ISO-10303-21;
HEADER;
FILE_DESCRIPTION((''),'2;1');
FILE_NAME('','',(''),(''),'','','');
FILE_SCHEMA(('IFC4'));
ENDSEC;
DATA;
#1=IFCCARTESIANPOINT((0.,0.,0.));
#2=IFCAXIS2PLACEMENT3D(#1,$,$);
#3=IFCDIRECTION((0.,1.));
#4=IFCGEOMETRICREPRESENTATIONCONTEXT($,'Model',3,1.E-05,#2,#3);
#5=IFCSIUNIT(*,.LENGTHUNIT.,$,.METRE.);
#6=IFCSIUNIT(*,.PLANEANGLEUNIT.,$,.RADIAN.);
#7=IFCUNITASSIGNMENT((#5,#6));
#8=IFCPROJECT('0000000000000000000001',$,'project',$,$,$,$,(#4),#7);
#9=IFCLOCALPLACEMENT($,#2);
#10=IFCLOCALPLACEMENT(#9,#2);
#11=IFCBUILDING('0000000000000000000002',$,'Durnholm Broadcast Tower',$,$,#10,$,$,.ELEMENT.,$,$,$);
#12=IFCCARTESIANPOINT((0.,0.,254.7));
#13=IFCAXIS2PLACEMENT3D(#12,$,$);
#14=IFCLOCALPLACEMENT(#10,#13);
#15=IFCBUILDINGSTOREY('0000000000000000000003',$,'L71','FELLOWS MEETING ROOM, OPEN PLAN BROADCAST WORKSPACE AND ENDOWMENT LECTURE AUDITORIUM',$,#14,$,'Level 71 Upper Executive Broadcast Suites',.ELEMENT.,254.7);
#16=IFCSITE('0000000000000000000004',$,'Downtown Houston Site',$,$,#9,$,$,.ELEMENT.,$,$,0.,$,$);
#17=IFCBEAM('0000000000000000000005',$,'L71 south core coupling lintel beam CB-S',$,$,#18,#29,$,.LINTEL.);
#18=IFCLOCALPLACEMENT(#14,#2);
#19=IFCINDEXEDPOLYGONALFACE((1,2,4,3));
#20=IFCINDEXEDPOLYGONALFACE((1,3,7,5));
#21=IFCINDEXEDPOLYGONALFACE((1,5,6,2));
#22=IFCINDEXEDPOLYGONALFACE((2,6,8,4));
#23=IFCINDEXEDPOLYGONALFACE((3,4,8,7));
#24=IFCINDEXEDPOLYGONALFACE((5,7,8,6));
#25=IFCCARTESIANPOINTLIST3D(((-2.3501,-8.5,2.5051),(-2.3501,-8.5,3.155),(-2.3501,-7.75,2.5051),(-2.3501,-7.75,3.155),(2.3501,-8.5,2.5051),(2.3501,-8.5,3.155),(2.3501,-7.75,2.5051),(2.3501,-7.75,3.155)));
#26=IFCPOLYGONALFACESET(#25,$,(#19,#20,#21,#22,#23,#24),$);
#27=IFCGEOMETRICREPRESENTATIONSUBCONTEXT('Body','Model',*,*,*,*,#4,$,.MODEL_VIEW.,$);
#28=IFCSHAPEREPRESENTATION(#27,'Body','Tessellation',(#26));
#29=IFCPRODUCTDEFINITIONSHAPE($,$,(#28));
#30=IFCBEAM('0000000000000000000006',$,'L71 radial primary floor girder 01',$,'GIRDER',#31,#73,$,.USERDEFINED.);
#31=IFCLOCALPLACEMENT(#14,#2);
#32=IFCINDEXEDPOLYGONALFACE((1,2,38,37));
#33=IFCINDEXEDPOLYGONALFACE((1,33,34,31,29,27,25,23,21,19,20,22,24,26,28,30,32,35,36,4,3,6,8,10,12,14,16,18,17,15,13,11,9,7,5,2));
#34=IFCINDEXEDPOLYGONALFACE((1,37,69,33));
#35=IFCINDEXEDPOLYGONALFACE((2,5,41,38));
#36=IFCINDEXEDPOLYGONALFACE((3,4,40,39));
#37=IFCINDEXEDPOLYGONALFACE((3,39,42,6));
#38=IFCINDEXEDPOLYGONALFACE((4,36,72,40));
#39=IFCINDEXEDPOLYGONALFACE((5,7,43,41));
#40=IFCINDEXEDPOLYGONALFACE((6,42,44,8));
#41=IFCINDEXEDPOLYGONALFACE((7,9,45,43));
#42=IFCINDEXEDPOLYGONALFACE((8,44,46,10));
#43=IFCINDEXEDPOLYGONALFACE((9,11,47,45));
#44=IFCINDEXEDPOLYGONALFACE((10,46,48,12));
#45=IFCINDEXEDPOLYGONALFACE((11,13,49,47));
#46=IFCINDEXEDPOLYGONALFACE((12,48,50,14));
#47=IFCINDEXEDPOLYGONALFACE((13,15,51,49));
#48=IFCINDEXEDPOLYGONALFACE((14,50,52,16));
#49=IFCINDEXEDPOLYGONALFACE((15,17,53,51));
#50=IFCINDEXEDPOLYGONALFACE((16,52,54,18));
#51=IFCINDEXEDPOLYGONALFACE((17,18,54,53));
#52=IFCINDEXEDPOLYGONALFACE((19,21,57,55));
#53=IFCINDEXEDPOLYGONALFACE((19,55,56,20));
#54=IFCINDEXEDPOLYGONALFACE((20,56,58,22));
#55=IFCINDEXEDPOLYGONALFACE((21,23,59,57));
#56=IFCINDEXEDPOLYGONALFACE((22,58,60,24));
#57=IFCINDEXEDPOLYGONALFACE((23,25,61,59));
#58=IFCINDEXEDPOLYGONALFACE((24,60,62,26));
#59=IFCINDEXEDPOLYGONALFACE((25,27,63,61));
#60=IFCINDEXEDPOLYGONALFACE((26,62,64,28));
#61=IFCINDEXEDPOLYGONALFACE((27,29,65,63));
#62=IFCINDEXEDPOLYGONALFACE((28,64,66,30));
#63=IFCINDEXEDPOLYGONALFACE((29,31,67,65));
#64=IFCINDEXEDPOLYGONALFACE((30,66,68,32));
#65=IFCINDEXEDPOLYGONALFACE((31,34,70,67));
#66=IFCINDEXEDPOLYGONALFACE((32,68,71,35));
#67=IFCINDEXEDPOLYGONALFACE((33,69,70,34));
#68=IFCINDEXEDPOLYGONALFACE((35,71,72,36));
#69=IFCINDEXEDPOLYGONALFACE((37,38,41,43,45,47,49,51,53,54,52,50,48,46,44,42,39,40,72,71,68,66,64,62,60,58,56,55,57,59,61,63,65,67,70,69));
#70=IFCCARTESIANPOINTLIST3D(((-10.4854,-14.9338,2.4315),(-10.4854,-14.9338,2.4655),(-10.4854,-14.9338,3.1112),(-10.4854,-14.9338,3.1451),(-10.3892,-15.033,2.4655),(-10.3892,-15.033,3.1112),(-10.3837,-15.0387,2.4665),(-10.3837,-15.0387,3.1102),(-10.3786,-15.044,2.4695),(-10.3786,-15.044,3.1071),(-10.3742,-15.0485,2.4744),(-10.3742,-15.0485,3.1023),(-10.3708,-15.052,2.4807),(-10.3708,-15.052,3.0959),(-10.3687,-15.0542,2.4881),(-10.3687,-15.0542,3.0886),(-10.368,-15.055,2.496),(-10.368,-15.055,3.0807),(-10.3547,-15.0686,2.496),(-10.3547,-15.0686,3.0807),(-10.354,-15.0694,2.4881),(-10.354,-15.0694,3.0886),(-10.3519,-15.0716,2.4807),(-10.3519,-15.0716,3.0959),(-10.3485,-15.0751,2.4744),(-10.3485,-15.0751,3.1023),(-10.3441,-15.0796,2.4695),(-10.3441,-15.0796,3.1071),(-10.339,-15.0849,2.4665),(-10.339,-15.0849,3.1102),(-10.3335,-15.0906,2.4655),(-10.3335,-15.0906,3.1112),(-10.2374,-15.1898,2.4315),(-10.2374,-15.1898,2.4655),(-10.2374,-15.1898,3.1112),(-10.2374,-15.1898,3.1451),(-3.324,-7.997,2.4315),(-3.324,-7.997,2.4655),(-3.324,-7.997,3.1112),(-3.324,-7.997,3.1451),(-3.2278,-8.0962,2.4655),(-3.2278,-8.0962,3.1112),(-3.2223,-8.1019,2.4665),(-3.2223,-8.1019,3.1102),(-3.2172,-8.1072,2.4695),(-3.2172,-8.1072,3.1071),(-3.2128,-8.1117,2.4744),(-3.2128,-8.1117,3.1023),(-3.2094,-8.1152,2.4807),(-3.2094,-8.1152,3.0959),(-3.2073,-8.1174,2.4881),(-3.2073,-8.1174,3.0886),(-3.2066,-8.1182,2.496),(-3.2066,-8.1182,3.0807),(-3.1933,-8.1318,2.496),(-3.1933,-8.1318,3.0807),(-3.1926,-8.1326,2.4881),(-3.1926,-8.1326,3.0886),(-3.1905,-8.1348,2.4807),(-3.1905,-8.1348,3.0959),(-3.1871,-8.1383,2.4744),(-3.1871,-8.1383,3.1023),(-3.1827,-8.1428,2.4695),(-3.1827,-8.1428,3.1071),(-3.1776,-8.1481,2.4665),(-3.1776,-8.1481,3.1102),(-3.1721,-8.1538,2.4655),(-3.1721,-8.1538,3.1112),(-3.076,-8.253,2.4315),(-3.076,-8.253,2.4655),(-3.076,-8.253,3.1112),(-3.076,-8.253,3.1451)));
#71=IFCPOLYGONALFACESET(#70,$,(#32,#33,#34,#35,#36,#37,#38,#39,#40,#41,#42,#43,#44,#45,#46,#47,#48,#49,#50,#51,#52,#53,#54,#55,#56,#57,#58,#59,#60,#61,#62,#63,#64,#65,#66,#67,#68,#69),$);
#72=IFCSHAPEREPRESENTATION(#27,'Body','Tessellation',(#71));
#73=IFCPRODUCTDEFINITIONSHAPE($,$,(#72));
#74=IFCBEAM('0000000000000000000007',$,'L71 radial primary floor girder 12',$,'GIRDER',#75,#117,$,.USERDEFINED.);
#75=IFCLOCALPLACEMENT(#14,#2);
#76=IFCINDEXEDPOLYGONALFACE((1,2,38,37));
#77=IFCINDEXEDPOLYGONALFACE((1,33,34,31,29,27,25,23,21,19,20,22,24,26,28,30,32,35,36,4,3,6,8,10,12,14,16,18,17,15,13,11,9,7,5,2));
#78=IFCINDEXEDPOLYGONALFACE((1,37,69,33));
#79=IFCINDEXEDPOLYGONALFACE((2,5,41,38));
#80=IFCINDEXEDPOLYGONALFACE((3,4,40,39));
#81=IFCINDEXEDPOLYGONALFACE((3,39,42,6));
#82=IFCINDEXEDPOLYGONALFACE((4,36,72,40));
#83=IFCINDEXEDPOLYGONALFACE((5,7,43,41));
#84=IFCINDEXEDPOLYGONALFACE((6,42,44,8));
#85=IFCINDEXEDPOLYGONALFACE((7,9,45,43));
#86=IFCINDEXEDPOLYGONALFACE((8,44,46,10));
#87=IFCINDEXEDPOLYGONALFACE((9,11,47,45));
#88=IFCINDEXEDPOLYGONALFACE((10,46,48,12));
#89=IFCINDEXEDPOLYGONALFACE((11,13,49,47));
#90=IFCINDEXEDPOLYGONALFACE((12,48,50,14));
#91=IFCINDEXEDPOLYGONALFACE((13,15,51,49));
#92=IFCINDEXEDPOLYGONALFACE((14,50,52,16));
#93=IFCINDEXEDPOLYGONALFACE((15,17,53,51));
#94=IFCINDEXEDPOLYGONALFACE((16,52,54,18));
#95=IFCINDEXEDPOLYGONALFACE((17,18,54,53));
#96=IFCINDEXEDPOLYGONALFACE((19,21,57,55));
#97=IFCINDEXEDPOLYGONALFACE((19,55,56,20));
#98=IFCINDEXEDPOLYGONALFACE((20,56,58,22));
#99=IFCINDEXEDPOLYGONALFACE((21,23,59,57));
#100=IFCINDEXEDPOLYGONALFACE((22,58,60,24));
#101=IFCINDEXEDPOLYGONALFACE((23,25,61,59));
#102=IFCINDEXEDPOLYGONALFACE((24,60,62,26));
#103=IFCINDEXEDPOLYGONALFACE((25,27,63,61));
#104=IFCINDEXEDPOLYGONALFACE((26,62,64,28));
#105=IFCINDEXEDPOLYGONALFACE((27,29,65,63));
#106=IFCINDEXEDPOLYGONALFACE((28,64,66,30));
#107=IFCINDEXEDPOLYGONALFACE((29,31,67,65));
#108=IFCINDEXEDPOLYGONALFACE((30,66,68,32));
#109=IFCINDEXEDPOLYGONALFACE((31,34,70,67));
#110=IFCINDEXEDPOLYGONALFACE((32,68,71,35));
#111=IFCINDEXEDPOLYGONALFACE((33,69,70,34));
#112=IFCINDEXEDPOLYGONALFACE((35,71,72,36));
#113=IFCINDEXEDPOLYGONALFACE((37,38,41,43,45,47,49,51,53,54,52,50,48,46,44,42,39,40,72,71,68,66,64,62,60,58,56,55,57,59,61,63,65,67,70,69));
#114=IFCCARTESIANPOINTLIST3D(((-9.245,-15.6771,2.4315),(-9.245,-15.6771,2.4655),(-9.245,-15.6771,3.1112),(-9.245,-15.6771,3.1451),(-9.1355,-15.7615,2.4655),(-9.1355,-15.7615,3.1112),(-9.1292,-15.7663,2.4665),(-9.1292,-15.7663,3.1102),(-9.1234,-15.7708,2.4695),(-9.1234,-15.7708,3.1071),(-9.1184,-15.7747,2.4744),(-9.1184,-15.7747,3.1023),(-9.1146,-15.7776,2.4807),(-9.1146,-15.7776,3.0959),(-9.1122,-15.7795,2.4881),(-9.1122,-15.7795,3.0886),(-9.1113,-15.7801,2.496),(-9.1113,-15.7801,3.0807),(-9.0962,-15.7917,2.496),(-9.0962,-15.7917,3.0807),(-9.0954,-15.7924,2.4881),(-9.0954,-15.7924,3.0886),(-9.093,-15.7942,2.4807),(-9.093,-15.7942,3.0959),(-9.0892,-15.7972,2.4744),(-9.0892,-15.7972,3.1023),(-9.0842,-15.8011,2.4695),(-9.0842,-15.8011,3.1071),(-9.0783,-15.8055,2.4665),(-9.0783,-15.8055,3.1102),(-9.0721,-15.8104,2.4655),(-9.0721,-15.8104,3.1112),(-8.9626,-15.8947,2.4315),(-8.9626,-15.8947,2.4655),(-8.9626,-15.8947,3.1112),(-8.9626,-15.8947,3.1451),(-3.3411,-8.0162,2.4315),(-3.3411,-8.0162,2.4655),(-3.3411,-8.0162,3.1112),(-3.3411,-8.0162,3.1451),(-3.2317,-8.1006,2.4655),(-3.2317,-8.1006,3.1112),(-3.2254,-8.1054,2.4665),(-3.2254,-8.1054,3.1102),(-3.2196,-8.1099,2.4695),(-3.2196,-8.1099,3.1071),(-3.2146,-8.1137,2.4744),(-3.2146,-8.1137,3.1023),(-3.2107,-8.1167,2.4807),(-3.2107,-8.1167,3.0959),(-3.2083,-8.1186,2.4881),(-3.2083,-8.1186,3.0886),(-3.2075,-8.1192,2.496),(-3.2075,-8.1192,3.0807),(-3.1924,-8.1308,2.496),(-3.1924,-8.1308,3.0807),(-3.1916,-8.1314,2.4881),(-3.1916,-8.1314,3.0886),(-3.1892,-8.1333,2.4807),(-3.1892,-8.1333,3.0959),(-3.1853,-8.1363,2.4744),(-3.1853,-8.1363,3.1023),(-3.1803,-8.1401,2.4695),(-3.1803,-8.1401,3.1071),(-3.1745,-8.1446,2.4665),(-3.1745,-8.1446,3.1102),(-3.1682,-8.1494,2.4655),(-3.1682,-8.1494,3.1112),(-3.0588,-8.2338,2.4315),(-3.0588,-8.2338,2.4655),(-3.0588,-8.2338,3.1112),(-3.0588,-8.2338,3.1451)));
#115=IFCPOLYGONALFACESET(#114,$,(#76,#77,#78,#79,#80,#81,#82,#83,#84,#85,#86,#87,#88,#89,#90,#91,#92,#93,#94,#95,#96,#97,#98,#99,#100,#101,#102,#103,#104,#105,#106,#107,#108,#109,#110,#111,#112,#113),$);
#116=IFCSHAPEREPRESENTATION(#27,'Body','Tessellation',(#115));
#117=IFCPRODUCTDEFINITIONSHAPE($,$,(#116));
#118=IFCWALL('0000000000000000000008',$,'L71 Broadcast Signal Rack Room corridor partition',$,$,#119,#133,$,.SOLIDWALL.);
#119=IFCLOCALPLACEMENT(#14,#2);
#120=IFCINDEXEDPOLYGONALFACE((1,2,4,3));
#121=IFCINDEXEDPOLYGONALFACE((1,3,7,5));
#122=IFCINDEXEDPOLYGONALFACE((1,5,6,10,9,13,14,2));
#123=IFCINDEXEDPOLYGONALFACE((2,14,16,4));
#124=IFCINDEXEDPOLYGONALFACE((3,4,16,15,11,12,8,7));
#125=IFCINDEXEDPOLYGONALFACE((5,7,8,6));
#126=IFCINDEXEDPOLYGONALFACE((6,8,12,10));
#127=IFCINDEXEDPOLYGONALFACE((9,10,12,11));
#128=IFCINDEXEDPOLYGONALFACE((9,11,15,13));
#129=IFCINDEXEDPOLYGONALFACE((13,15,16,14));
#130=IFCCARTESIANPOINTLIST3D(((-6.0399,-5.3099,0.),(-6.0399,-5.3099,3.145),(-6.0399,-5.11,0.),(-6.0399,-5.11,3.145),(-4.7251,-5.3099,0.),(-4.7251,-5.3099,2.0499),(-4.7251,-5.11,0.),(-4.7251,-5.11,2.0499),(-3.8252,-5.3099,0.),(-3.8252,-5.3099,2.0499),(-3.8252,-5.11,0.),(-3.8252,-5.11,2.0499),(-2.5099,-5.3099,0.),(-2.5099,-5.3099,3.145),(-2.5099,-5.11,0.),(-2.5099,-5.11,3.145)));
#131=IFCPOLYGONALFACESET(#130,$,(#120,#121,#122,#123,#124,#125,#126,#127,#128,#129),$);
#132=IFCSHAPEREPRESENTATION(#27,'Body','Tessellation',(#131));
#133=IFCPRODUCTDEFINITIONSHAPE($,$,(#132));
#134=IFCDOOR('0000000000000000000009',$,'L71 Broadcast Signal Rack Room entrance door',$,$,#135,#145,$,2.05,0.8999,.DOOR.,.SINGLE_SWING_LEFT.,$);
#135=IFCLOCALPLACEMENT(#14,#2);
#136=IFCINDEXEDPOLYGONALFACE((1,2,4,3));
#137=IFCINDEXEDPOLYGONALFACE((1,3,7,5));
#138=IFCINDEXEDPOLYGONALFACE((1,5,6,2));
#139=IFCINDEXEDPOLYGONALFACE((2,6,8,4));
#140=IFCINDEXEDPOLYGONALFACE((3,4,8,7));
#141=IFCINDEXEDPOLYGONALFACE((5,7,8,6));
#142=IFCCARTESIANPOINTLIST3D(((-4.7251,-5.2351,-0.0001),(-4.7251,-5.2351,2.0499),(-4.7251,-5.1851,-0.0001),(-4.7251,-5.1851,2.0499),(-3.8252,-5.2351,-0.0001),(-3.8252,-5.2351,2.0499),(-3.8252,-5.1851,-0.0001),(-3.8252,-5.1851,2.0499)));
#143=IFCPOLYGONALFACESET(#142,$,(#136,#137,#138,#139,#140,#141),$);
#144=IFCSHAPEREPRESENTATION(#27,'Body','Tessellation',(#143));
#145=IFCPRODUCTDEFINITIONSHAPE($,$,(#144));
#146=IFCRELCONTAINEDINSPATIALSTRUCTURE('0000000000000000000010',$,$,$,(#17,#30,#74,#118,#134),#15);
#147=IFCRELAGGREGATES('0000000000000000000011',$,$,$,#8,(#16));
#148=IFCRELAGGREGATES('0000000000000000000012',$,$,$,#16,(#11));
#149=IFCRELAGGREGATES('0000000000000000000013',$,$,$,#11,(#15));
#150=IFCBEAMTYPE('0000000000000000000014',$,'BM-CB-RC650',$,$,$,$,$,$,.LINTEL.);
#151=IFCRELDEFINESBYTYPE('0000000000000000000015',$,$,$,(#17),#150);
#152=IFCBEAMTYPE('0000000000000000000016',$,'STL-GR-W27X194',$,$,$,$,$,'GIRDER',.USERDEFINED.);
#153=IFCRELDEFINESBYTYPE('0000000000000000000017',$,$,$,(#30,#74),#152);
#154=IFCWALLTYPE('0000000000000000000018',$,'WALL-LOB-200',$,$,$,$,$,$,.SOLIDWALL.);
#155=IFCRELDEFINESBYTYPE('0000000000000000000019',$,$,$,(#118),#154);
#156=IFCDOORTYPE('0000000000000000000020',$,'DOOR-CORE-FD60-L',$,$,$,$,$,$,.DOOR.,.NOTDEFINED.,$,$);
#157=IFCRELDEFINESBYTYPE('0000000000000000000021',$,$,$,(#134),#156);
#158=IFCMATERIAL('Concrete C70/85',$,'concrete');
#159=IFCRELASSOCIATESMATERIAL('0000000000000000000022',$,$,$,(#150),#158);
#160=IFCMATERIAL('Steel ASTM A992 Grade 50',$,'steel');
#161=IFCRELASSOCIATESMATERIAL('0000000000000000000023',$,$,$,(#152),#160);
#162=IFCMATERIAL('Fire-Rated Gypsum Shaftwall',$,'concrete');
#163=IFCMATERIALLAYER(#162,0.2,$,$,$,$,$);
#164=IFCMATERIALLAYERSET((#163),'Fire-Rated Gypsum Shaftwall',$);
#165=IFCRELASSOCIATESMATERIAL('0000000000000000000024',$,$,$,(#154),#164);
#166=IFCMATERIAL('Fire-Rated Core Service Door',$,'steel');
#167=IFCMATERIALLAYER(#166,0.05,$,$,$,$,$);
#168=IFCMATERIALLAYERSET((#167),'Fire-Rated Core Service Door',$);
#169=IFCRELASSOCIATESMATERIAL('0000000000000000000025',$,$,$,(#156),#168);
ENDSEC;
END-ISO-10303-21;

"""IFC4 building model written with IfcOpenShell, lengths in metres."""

from ifc_helpers import new_model, si_unit, direction, frame, frame_2d, origin, origin_2d, place, context, subcontext, project, spatial, rectangle, i_section, extrude, source, transform, mapped, material, layer, layer_set, material_profile, profile_set, type_object, type_shapes, element, fill, save


model = new_model("IFC4")

# Units and contexts
model_context = context("Model", 3, precision=1e-05, world=origin(), true_north=direction((0.0, 1.0)))
body_context = subcontext(model_context, "Body", "Model", "MODEL_VIEW")
ifc_project = project(units=[si_unit("LENGTHUNIT", "METRE"), si_unit("PLANEANGLEUNIT", "RADIAN")], contexts=[model_context])

# Site, building, storey
site_placement = place(None, origin())
site = spatial("IfcSite", under=ifc_project, at=site_placement, Name="Downtown Houston Site", CompositionType="ELEMENT", RefElevation=0.0)
building_placement = place(site_placement, origin())
building = spatial("IfcBuilding", under=site, at=building_placement, Name="Durnholm Broadcast Tower", CompositionType="ELEMENT")
storey_placement = place(building_placement, frame((0.0, 0.0, 254.7)))
storey = spatial("IfcBuildingStorey", under=building, at=storey_placement, Name="L71", Description="FELLOWS MEETING ROOM, OPEN PLAN BROADCAST WORKSPACE AND ENDOWMENT LECTURE AUDITORIUM", LongName="Level 71 Upper Executive Broadcast Suites", CompositionType="ELEMENT", Elevation=254.7)

# Beams
ifc_material_1 = material(Name="Concrete C70/85", Category="concrete")
ifc_material_profile_1 = material_profile(ifc_material_1, rectangle(XDim=0.75, YDim=0.6499, at=origin_2d()), Name="RC750X650")
ifc_profile_set_1 = profile_set([ifc_material_profile_1], Name="Concrete C70/85")
beam_type_1 = type_object("IfcBeamType", Name="BM-CB-RC650", PredefinedType="LINTEL", material=ifc_profile_set_1)
shared_shape_1 = source(origin(), body_context, "Body", "SweptSolid", [
    extrude(rectangle(XDim=0.75, YDim=0.6499, at=origin_2d()), origin(), (0.0, 0.0, 1.0), 4.7002),
])
type_shapes(beam_type_1, [shared_shape_1])
beam_1_placement = place(storey_placement, frame((-2.3501, -8.125, 2.8301), z_axis=(1.0, 0.0, 0.0), x_axis=(0.0, 1.0, 0.0)))
element("IfcBeam", 1, at=beam_1_placement, inside=storey, type_object=beam_type_1, Name="L71 south core coupling lintel beam CB-S", PredefinedType="LINTEL", context=body_context, shape_type="MappedRepresentation", body=[
    mapped(shared_shape_1, transform((0.0, 0.0, 0.0), x_axis=(1.0, 0.0, 0.0), y_axis=(0.0, 1.0, 0.0), z_axis=(0.0, 0.0, 1.0), scale=1.0)),
])
ifc_material_2 = material(Name="Steel ASTM A992 Grade 50", Category="steel")
ifc_material_profile_2 = material_profile(ifc_material_2, i_section(OverallWidth=0.3564, OverallDepth=0.7136, WebThickness=0.019, FlangeThickness=0.0339, FilletRadius=0.0305, at=origin_2d()), Name="W27X194")
ifc_profile_set_2 = profile_set([ifc_material_profile_2], Name="Steel ASTM A992 Grade 50")
beam_type_2 = type_object("IfcBeamType", Name="STL-GR-W27X194", ElementType="GIRDER", PredefinedType="USERDEFINED", material=ifc_profile_set_2)
shared_shape_2 = source(origin(), body_context, "Body", "SweptSolid", [
    extrude(i_section(OverallWidth=0.3564, OverallDepth=0.7136, WebThickness=0.019, FlangeThickness=0.0339, FilletRadius=0.0305, at=origin_2d()), origin(), (0.0, 0.0, 1.0), 9.9702),
])
beam_2_placement = place(storey_placement, frame((-3.2, -8.125, 2.7883), z_axis=(-0.718281, -0.695753, 0.0), x_axis=(0.695753, -0.718281, 0.0)))
element("IfcBeam", 2, at=beam_2_placement, inside=storey, type_object=beam_type_2, Name="L71 radial primary floor girder 01", ObjectType="GIRDER", PredefinedType="USERDEFINED", context=body_context, shape_type="MappedRepresentation", body=[
    mapped(shared_shape_2, transform((0.0, 0.0, 0.0), x_axis=(1.0, 0.0, 0.0), y_axis=(0.0, 1.0, 0.0), z_axis=(0.0, 0.0, 1.0), scale=1.0)),
])
shared_shape_3 = source(origin(), body_context, "Body", "SweptSolid", [
    extrude(i_section(OverallWidth=0.3564, OverallDepth=0.7136, WebThickness=0.019, FlangeThickness=0.0339, FilletRadius=0.0305, at=origin_2d()), origin(), (0.0, 0.0, 1.0), 9.6719),
])
type_shapes(beam_type_2, [shared_shape_2, shared_shape_3])
beam_3_placement = place(storey_placement, frame((-3.2, -8.125, 2.7883), z_axis=(-0.610413, -0.792083, 0.0), x_axis=(0.792083, -0.610413, 0.0)))
element("IfcBeam", 3, at=beam_3_placement, inside=storey, type_object=beam_type_2, Name="L71 radial primary floor girder 12", ObjectType="GIRDER", PredefinedType="USERDEFINED", context=body_context, shape_type="MappedRepresentation", body=[
    mapped(shared_shape_3, transform((0.0, 0.0, 0.0), x_axis=(1.0, 0.0, 0.0), y_axis=(0.0, 1.0, 0.0), z_axis=(0.0, 0.0, 1.0), scale=1.0)),
])

# Wall, opening, door
ifc_material_3 = material(Name="Fire-Rated Gypsum Shaftwall", Category="concrete")
ifc_layer_1 = layer(ifc_material_3, 0.2)
ifc_layer_set_1 = layer_set([ifc_layer_1], Name="Fire-Rated Gypsum Shaftwall")
wall_type_1 = type_object("IfcWallType", Name="WALL-LOB-200", PredefinedType="SOLIDWALL", material=ifc_layer_set_1)
wall_1_placement = place(storey_placement, frame((-6.04, -5.21, 0.0), z_axis=(0.0, 0.0, 1.0), x_axis=(1.0, 0.0, 0.0)))
wall_1 = element("IfcWall", 4, at=wall_1_placement, inside=storey, type_object=wall_type_1, Name="L71 Broadcast Signal Rack Room corridor partition", PredefinedType="SOLIDWALL", context=body_context, shape_type="SweptSolid", body=[
    extrude(rectangle(XDim=3.53, YDim=0.2, at=frame_2d((1.7651, 0.0))), origin(), (0.0, 0.0, 1.0), 3.145),
])
opening_1_placement = place(wall_1_placement, frame((1.3149, 0.0, 0.0)))
opening_1 = element("IfcOpeningElement", 5, at=opening_1_placement, cuts=wall_1, PredefinedType="OPENING", context=body_context, shape_type="SweptSolid", body=[
    extrude(rectangle(XDim=0.8999, YDim=2.05, at=frame_2d((0.45, 1.0249))), frame((0.0, 0.1099, 0.0), z_axis=(0.0, -1.0, 0.0), x_axis=(1.0, 0.0, 0.0)), (0.0, 0.0, 1.0), 0.22),
])
ifc_material_4 = material(Name="Fire-Rated Core Service Door", Category="steel")
ifc_layer_2 = layer(ifc_material_4, 0.05)
ifc_layer_set_2 = layer_set([ifc_layer_2], Name="Fire-Rated Core Service Door")
door_type_1 = type_object("IfcDoorType", Name="DOOR-CORE-FD60-L", OperationType="NOTDEFINED", PredefinedType="DOOR", material=ifc_layer_set_2)
shared_shape_4 = source(origin(), body_context, "Body", "SweptSolid", [
    extrude(rectangle(XDim=0.8999, YDim=2.05, at=frame_2d((0.45, 1.0249))), frame((0.0, 0.0249, 0.0), z_axis=(0.0, -1.0, 0.0), x_axis=(1.0, 0.0, 0.0)), (0.0, 0.0, 1.0), 0.05),
])
type_shapes(door_type_1, [shared_shape_4])
door_1_placement = place(opening_1_placement, origin())
door_1 = element("IfcDoor", 6, at=door_1_placement, inside=storey, type_object=door_type_1, Name="L71 Broadcast Signal Rack Room entrance door", OperationType="SINGLE_SWING_LEFT", OverallHeight=2.05, OverallWidth=0.8999, PredefinedType="DOOR", context=body_context, shape_type="MappedRepresentation", body=[
    mapped(shared_shape_4, transform((0.0, 0.0, 0.0), x_axis=(1.0, 0.0, 0.0), y_axis=(0.0, 1.0, 0.0), z_axis=(0.0, 0.0, 1.0), scale=1.0)),
])
fill(opening_1, door_1)

save(model, "model.ifc")
